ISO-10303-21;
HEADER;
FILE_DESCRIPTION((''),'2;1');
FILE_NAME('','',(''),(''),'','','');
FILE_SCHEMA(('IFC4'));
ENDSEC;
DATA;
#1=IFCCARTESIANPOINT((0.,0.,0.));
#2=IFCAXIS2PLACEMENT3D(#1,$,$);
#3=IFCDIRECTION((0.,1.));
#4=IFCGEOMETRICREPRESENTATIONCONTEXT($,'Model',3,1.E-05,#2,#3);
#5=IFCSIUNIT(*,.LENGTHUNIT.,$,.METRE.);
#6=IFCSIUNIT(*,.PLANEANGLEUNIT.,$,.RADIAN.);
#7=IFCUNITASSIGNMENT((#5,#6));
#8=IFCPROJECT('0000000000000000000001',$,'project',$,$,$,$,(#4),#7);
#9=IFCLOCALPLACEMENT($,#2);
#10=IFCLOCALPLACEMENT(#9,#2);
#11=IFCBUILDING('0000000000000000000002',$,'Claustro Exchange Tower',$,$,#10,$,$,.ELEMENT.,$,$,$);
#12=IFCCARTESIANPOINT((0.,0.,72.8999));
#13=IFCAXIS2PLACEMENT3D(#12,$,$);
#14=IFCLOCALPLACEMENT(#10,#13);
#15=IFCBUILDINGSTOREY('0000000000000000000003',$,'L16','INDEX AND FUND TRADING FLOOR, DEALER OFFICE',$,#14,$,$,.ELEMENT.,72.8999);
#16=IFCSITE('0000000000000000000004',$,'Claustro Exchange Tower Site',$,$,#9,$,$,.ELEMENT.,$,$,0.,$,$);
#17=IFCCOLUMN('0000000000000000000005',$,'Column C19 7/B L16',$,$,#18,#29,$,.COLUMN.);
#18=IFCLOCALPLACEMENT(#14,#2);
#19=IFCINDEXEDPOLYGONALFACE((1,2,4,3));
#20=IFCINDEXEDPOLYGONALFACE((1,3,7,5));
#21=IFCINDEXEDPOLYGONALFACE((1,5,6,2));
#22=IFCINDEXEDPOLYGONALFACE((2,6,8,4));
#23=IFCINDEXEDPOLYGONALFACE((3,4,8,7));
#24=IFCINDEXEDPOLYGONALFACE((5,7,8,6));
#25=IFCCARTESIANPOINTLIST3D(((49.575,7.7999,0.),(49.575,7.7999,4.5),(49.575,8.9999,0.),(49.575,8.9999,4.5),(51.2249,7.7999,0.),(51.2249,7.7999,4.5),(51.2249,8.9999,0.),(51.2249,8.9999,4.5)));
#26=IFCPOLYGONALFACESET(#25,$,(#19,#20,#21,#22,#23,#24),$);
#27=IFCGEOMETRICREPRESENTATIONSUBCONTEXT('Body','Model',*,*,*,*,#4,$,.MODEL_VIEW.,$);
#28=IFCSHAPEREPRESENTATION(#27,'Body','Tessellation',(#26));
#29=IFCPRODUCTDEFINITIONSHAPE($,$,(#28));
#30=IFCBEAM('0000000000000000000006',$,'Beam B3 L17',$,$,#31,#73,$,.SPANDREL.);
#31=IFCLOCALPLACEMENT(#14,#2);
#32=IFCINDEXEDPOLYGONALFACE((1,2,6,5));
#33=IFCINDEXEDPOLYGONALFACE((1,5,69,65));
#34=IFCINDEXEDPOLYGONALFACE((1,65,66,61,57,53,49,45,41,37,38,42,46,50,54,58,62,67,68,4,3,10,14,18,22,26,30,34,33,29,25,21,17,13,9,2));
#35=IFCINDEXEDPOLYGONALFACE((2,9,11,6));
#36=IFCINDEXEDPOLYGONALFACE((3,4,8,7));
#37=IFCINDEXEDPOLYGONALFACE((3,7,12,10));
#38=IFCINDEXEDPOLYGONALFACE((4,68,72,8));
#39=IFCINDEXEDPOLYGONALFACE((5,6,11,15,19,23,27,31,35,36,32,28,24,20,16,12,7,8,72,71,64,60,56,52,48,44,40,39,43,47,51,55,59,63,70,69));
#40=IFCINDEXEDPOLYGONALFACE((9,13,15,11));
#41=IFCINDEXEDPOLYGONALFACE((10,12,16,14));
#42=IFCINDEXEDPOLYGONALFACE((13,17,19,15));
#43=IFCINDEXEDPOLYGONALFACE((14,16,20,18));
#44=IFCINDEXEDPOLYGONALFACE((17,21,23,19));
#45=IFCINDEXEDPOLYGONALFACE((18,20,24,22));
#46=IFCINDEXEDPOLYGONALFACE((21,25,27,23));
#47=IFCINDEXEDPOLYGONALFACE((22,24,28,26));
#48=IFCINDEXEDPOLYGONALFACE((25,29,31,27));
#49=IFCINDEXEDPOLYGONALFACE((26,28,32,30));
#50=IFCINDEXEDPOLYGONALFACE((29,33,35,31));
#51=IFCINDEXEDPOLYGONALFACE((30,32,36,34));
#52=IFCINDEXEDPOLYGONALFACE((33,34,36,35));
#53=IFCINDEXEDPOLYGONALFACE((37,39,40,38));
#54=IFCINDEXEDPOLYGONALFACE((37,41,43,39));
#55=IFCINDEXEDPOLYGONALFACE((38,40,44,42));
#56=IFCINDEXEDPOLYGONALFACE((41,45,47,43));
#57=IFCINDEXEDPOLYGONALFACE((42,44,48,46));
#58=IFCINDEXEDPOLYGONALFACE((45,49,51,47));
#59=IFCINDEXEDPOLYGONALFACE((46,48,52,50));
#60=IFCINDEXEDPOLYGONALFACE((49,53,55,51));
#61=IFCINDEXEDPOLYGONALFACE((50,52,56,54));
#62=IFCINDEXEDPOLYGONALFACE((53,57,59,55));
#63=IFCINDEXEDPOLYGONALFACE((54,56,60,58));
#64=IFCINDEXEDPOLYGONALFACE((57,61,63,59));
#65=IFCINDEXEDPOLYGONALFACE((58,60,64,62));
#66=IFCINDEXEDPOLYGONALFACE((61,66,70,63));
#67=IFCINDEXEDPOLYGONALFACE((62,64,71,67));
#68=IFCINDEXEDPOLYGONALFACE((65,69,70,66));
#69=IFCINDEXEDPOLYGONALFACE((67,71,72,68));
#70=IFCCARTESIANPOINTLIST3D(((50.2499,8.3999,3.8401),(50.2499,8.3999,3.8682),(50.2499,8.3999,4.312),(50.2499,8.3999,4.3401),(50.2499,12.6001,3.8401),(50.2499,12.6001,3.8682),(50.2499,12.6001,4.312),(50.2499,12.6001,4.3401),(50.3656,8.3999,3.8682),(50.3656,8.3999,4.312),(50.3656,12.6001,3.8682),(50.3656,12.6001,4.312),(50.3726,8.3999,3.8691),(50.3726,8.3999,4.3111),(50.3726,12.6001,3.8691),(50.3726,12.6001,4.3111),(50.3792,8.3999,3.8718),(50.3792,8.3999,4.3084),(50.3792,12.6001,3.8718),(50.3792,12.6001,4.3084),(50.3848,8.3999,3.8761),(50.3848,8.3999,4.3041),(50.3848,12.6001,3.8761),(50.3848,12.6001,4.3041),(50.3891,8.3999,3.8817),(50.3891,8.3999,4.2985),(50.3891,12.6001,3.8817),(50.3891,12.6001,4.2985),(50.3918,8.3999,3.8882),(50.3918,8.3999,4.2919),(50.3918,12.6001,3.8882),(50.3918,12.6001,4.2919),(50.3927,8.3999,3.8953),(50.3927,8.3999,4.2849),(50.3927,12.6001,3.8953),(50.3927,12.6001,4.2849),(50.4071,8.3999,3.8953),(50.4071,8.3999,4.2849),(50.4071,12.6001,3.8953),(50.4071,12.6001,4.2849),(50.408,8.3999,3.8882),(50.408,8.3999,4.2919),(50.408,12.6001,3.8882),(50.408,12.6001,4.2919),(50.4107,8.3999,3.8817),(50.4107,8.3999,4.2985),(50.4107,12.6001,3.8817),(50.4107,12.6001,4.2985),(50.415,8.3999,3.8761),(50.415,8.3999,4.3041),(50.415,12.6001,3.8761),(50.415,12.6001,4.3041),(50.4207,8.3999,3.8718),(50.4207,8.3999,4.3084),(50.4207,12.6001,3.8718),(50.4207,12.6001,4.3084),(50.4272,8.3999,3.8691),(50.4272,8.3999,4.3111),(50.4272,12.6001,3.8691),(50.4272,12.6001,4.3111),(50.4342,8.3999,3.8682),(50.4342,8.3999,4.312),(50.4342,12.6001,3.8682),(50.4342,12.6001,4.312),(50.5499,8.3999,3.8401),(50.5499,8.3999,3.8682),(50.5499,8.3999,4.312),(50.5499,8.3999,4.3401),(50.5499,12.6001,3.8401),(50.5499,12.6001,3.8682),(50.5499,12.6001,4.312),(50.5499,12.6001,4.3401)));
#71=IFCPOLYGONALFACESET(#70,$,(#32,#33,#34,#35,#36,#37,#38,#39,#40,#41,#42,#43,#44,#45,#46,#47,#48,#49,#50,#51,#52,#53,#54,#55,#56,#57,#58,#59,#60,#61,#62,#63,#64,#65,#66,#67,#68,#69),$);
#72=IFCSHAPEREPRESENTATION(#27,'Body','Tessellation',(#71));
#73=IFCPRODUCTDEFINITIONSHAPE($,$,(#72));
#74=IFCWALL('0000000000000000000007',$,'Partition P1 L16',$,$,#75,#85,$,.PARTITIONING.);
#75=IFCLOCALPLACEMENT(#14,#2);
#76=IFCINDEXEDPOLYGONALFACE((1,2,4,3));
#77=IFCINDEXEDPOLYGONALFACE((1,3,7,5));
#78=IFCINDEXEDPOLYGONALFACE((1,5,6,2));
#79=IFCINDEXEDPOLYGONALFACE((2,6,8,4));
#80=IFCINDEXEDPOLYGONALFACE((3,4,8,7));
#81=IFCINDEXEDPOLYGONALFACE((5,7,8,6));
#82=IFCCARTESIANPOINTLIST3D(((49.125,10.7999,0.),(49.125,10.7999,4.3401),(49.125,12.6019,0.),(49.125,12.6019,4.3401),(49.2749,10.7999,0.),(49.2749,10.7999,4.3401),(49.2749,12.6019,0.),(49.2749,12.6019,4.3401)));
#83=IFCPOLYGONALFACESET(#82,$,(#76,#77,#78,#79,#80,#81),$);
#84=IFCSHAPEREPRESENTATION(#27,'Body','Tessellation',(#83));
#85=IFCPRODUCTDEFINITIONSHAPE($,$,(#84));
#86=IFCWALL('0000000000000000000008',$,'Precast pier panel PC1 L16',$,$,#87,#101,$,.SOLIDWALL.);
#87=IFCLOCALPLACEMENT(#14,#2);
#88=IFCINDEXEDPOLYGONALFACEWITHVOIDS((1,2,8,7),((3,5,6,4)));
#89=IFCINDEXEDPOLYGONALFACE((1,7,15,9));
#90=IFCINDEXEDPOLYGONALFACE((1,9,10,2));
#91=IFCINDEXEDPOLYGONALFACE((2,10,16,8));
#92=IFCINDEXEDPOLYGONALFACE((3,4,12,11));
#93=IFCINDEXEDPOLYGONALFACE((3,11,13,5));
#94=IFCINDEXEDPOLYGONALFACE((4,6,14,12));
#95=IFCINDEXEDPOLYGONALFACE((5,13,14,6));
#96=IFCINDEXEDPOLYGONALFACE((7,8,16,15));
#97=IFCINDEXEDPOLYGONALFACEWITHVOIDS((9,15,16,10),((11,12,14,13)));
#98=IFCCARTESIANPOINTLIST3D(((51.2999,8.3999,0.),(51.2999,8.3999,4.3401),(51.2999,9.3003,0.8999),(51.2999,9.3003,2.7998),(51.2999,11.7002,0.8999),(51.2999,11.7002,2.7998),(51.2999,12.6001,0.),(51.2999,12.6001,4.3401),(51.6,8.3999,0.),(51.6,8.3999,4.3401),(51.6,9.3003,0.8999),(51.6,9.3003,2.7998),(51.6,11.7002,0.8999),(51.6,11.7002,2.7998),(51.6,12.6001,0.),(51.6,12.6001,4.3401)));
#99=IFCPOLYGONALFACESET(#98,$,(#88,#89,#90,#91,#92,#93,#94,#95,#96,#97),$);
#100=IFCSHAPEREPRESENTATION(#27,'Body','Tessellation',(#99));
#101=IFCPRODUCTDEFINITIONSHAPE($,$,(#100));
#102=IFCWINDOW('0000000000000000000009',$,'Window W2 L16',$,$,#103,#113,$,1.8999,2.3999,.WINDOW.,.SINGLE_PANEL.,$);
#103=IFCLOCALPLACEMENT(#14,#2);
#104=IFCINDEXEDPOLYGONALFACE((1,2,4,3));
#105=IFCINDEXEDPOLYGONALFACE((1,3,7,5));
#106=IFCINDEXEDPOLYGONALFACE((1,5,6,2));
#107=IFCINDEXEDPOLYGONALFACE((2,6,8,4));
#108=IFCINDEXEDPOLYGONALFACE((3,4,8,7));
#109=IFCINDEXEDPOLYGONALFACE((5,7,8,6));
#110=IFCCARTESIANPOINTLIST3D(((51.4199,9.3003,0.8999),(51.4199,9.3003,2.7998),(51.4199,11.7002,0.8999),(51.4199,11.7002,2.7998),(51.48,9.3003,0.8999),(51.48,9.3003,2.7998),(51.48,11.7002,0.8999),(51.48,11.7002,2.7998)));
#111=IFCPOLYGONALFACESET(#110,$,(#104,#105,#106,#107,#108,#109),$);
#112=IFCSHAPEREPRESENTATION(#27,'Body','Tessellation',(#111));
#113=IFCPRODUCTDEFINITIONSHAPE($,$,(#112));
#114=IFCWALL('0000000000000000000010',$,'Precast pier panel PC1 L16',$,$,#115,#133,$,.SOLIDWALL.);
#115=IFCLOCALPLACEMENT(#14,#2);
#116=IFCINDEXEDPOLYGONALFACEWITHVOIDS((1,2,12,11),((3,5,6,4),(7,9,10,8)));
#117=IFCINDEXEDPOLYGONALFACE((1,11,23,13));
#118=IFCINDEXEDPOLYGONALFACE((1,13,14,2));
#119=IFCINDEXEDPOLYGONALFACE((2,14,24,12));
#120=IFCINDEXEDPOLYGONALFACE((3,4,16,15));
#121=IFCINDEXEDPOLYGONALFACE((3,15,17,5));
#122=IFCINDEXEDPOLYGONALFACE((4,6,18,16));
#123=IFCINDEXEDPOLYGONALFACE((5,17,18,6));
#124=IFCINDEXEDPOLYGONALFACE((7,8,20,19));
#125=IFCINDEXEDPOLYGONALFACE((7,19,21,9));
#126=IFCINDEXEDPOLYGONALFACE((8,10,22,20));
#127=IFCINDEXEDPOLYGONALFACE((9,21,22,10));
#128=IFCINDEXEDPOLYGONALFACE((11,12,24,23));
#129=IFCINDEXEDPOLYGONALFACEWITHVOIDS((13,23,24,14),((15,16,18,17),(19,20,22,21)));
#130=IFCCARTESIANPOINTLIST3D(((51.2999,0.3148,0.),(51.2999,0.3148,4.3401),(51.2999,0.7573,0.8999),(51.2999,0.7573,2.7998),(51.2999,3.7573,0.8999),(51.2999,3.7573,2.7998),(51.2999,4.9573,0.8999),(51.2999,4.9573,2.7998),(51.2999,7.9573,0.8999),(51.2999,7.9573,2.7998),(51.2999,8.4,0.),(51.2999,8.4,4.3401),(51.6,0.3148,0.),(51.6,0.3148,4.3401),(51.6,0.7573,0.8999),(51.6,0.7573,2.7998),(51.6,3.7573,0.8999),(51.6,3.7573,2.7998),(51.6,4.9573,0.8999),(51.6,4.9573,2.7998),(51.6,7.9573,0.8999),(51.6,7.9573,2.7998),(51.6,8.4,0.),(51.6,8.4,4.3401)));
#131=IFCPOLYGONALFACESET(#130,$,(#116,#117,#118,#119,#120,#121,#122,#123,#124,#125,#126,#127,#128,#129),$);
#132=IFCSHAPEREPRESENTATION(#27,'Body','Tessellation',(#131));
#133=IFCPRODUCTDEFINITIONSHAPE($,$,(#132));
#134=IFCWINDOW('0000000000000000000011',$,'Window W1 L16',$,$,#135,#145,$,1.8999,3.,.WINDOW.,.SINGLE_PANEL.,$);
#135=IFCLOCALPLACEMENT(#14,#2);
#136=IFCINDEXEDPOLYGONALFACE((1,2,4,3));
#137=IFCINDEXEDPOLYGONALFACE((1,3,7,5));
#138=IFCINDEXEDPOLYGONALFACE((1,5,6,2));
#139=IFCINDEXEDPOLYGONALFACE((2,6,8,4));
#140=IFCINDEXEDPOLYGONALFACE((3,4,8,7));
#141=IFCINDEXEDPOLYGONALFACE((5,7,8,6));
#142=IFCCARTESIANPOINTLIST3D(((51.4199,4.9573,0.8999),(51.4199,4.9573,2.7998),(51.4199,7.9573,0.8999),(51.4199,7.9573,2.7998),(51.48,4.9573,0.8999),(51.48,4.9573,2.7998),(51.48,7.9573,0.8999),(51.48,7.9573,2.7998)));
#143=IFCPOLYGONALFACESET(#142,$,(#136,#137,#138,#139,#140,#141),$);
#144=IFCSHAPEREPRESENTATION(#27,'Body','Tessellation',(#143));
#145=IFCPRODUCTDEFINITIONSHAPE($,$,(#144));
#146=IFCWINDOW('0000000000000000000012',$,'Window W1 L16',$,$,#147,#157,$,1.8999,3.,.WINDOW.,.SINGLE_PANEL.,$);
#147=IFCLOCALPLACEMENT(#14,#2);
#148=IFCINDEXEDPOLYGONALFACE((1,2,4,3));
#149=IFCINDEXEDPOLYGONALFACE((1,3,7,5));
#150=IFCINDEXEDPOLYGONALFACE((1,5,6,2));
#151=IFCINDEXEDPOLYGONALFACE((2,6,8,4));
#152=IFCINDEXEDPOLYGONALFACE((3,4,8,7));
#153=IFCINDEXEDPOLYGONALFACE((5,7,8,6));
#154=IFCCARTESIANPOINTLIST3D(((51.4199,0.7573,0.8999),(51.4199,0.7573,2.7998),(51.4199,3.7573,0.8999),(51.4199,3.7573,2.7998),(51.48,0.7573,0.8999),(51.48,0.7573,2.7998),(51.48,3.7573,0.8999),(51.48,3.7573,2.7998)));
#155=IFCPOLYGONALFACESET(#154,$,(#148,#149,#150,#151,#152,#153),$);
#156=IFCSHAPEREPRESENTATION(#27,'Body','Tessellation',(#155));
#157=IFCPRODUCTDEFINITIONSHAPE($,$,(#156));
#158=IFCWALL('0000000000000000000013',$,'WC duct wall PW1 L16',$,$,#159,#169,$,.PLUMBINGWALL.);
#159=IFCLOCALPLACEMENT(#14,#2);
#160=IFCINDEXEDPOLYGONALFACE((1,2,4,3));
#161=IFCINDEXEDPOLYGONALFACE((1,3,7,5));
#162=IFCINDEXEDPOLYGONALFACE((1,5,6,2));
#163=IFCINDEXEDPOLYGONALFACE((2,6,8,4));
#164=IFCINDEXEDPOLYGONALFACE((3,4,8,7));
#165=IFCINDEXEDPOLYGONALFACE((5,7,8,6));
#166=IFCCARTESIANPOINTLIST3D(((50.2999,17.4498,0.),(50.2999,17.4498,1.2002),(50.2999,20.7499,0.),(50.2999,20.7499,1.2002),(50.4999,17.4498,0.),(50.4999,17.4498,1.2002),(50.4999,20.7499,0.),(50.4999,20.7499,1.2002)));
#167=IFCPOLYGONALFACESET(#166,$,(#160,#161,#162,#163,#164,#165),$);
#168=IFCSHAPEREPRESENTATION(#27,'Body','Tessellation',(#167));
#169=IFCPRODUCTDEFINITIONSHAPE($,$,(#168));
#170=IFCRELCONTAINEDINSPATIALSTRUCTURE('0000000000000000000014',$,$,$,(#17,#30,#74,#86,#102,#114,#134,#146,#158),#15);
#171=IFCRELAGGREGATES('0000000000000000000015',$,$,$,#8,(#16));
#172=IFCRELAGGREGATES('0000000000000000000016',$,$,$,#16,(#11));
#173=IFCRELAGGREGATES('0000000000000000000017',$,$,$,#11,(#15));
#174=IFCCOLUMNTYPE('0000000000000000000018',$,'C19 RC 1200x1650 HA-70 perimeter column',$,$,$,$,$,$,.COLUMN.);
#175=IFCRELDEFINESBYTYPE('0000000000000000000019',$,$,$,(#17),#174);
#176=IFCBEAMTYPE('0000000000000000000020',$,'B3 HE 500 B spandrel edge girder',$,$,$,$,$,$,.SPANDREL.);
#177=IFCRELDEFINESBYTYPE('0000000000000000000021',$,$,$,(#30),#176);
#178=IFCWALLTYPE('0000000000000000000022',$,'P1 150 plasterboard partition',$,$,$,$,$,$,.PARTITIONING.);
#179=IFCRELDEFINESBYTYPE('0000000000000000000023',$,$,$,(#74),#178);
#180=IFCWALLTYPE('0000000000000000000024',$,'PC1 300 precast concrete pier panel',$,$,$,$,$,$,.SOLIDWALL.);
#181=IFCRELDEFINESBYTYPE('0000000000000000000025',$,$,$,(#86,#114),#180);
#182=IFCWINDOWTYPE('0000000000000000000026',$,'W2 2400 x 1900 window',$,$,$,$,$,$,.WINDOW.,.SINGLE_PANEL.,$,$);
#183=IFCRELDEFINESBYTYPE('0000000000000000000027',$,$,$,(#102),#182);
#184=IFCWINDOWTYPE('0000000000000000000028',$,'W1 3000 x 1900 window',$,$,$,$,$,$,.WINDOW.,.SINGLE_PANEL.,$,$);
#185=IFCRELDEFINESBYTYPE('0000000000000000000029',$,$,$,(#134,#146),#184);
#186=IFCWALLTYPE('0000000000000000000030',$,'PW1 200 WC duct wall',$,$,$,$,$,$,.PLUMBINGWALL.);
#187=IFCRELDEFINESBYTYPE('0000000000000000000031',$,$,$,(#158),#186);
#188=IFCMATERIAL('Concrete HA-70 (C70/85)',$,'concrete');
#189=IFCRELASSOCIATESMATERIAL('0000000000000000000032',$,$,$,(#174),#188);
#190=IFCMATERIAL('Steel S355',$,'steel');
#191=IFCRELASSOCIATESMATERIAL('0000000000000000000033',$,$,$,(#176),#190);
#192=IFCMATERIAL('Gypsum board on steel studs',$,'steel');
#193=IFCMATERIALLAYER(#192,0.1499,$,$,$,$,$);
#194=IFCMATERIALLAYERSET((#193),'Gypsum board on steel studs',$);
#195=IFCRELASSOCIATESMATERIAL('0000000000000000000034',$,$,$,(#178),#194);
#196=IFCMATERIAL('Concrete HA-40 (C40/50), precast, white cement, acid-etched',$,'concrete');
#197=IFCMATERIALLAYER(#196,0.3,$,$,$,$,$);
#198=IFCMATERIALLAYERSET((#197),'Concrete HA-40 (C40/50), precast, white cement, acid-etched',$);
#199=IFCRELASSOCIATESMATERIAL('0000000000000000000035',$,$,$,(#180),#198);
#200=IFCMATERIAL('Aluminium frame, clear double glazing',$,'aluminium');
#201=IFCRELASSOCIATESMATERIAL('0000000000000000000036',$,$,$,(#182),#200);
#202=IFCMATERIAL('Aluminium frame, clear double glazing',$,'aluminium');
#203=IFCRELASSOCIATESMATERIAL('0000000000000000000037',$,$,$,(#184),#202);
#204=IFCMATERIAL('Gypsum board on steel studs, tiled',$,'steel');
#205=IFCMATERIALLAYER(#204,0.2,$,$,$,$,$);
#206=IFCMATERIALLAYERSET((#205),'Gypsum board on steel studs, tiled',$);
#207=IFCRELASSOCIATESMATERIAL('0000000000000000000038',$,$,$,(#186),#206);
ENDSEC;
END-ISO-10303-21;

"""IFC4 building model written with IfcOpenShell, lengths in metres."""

from ifc_helpers import new_model, si_unit, direction, frame, frame_2d, origin, origin_2d, place, context, subcontext, project, spatial, rectangle, i_section, extrude, material, layer, layer_set, material_profile, profile_set, type_object, element, fill, save


model = new_model("IFC4")

# Units and contexts
model_context = context("Model", 3, precision=1e-05, world=origin(), true_north=direction((0.0, 1.0)))
body_context = subcontext(model_context, "Body", "Model", "MODEL_VIEW")
ifc_project = project(units=[si_unit("LENGTHUNIT", "METRE"), si_unit("PLANEANGLEUNIT", "RADIAN")], contexts=[model_context])

# Site, building, storey
site_placement = place(None, origin())
site = spatial("IfcSite", under=ifc_project, at=site_placement, Name="Claustro Exchange Tower Site", CompositionType="ELEMENT", RefElevation=0.0)
building_placement = place(site_placement, origin())
building = spatial("IfcBuilding", under=site, at=building_placement, Name="Claustro Exchange Tower", CompositionType="ELEMENT")
storey_placement = place(building_placement, frame((0.0, 0.0, 72.8999)))
storey = spatial("IfcBuildingStorey", under=building, at=storey_placement, Name="L16", Description="INDEX AND FUND TRADING FLOOR, DEALER OFFICE", CompositionType="ELEMENT", Elevation=72.8999)

# Column
ifc_material_1 = material(Name="Concrete HA-70 (C70/85)", Category="concrete")
ifc_material_profile_1 = material_profile(ifc_material_1, rectangle(XDim=1.2, YDim=1.6499, at=origin_2d()), Name="RC 1200x1650")
ifc_profile_set_1 = profile_set([ifc_material_profile_1], Name="Concrete HA-70 (C70/85)")
column_type = type_object("IfcColumnType", Name="C19 RC 1200x1650 HA-70 perimeter column", PredefinedType="COLUMN", material=ifc_profile_set_1)
column_placement = place(storey_placement, frame((50.3999, 8.3999, 0.0), z_axis=(0.0, 0.0, 1.0), x_axis=(0.0, 1.0, 0.0)))
element("IfcColumn", 1, at=column_placement, inside=storey, type_object=column_type, Name="Column C19 7/B L16", PredefinedType="COLUMN", context=body_context, shape_type="SweptSolid", body=[
    extrude(rectangle(XDim=1.2, YDim=1.6499, at=origin_2d()), origin(), (0.0, 0.0, 1.0), 4.5),
])

# Beam
ifc_material_2 = material(Name="Steel S355", Category="steel")
ifc_material_profile_2 = material_profile(ifc_material_2, i_section(OverallWidth=0.3, OverallDepth=0.5, WebThickness=0.0144, FlangeThickness=0.0281, FilletRadius=0.0271, at=origin_2d()), Name="HE 500 B")
ifc_profile_set_2 = profile_set([ifc_material_profile_2], Name="Steel S355")
beam_type = type_object("IfcBeamType", Name="B3 HE 500 B spandrel edge girder", PredefinedType="SPANDREL", material=ifc_profile_set_2)
beam_placement = place(storey_placement, frame((50.3999, 8.3999, 4.0901), z_axis=(0.0, 1.0, 0.0), x_axis=(-1.0, 0.0, 0.0)))
element("IfcBeam", 2, at=beam_placement, inside=storey, type_object=beam_type, Name="Beam B3 L17", PredefinedType="SPANDREL", context=body_context, shape_type="SweptSolid", body=[
    extrude(i_section(OverallWidth=0.3, OverallDepth=0.5, WebThickness=0.0144, FlangeThickness=0.0281, FilletRadius=0.0271, at=origin_2d()), origin(), (0.0, 0.0, 1.0), 4.2002),
])

# Wall
ifc_material_3 = material(Name="Gypsum board on steel studs", Category="steel")
ifc_layer_1 = layer(ifc_material_3, 0.1499)
ifc_layer_set_1 = layer_set([ifc_layer_1], Name="Gypsum board on steel studs")
wall_type_1 = type_object("IfcWallType", Name="P1 150 plasterboard partition", PredefinedType="PARTITIONING", material=ifc_layer_set_1)
wall_1_placement = place(storey_placement, frame((49.2, 10.8, 0.0), z_axis=(0.0, 0.0, 1.0), x_axis=(0.0, 1.0, 0.0)))
element("IfcWall", 3, at=wall_1_placement, inside=storey, type_object=wall_type_1, Name="Partition P1 L16", PredefinedType="PARTITIONING", context=body_context, shape_type="SweptSolid", body=[
    extrude(rectangle(XDim=1.802, YDim=0.1499, at=frame_2d((0.9009, 0.0))), origin(), (0.0, 0.0, 1.0), 4.3401),
])

# Wall, opening, window
ifc_material_4 = material(Name="Concrete HA-40 (C40/50), precast, white cement, acid-etched", Category="concrete")
ifc_layer_2 = layer(ifc_material_4, 0.3)
ifc_layer_set_2 = layer_set([ifc_layer_2], Name="Concrete HA-40 (C40/50), precast, white cement, acid-etched")
wall_type_2 = type_object("IfcWallType", Name="PC1 300 precast concrete pier panel", PredefinedType="SOLIDWALL", material=ifc_layer_set_2)
wall_2_placement = place(storey_placement, frame((51.45, 12.6001, 0.0), z_axis=(0.0, 0.0, 1.0), x_axis=(0.0, -1.0, 0.0)))
wall_2 = element("IfcWall", 4, at=wall_2_placement, inside=storey, type_object=wall_type_2, Name="Precast pier panel PC1 L16", PredefinedType="SOLIDWALL", context=body_context, shape_type="SweptSolid", body=[
    extrude(rectangle(XDim=4.2002, YDim=0.3, at=frame_2d((2.1001, 0.0))), origin(), (0.0, 0.0, 1.0), 4.3401),
])
opening_1_placement = place(wall_2_placement, frame((0.8999, 0.0, 0.8999)))
opening_1 = element("IfcOpeningElement", 5, at=opening_1_placement, cuts=wall_2, PredefinedType="OPENING", context=body_context, shape_type="SweptSolid", body=[
    extrude(rectangle(XDim=2.3999, YDim=1.8999, at=frame_2d((1.2, 0.95))), frame((0.0, 0.1599, 0.0), z_axis=(0.0, -1.0, 0.0), x_axis=(1.0, 0.0, 0.0)), (0.0, 0.0, 1.0), 0.3201),
])
ifc_material_5 = material(Name="Aluminium frame, clear double glazing", Category="aluminium")
window_type_1 = type_object("IfcWindowType", Name="W2 2400 x 1900 window", PartitioningType="SINGLE_PANEL", PredefinedType="WINDOW", material=ifc_material_5)
window_1_placement = place(opening_1_placement, origin())
window_1 = element("IfcWindow", 6, at=window_1_placement, inside=storey, type_object=window_type_1, Name="Window W2 L16", OverallHeight=1.8999, OverallWidth=2.3999, PartitioningType="SINGLE_PANEL", PredefinedType="WINDOW", context=body_context, shape_type="SweptSolid", body=[
    extrude(rectangle(XDim=2.3999, YDim=1.8999, at=frame_2d((1.2, 0.95))), frame((0.0, 0.03, 0.0), z_axis=(0.0, -1.0, 0.0), x_axis=(1.0, 0.0, 0.0)), (0.0, 0.0, 1.0), 0.0601),
])
fill(opening_1, window_1)

# Wall, openings, windows
wall_3_placement = place(storey_placement, frame((51.45, 8.3999, 0.0), z_axis=(0.0, 0.0, 1.0), x_axis=(0.0, -1.0, 0.0)))
wall_3 = element("IfcWall", 7, at=wall_3_placement, inside=storey, type_object=wall_type_2, Name="Precast pier panel PC1 L16", PredefinedType="SOLIDWALL", context=body_context, shape_type="SweptSolid", body=[
    extrude(rectangle(XDim=8.0852, YDim=0.3, at=frame_2d((4.0425, 0.0))), origin(), (0.0, 0.0, 1.0), 4.3401),
])
opening_2_placement = place(wall_3_placement, frame((0.4426, 0.0, 0.8999)))
opening_2 = element("IfcOpeningElement", 8, at=opening_2_placement, cuts=wall_3, PredefinedType="OPENING", context=body_context, shape_type="SweptSolid", body=[
    extrude(rectangle(XDim=3.0, YDim=1.8999, at=frame_2d((1.5, 0.95))), frame((0.0, 0.1599, 0.0), z_axis=(0.0, -1.0, 0.0), x_axis=(1.0, 0.0, 0.0)), (0.0, 0.0, 1.0), 0.3201),
])
opening_3_placement = place(wall_3_placement, frame((4.6426, 0.0, 0.8999)))
opening_3 = element("IfcOpeningElement", 9, at=opening_3_placement, cuts=wall_3, PredefinedType="OPENING", context=body_context, shape_type="SweptSolid", body=[
    extrude(rectangle(XDim=3.0, YDim=1.8999, at=frame_2d((1.5, 0.95))), frame((0.0, 0.1599, 0.0), z_axis=(0.0, -1.0, 0.0), x_axis=(1.0, 0.0, 0.0)), (0.0, 0.0, 1.0), 0.3201),
])
ifc_material_6 = material(Name="Aluminium frame, clear double glazing", Category="aluminium")
window_type_2 = type_object("IfcWindowType", Name="W1 3000 x 1900 window", PartitioningType="SINGLE_PANEL", PredefinedType="WINDOW", material=ifc_material_6)
window_2_placement = place(opening_2_placement, origin())
window_2 = element("IfcWindow", 10, at=window_2_placement, inside=storey, type_object=window_type_2, Name="Window W1 L16", OverallHeight=1.8999, OverallWidth=3.0, PartitioningType="SINGLE_PANEL", PredefinedType="WINDOW", context=body_context, shape_type="SweptSolid", body=[
    extrude(rectangle(XDim=3.0, YDim=1.8999, at=frame_2d((1.5, 0.95))), frame((0.0, 0.03, 0.0), z_axis=(0.0, -1.0, 0.0), x_axis=(1.0, 0.0, 0.0)), (0.0, 0.0, 1.0), 0.0601),
])
fill(opening_2, window_2)
window_3_placement = place(opening_3_placement, origin())
window_3 = element("IfcWindow", 11, at=window_3_placement, inside=storey, type_object=window_type_2, Name="Window W1 L16", OverallHeight=1.8999, OverallWidth=3.0, PartitioningType="SINGLE_PANEL", PredefinedType="WINDOW", context=body_context, shape_type="SweptSolid", body=[
    extrude(rectangle(XDim=3.0, YDim=1.8999, at=frame_2d((1.5, 0.95))), frame((0.0, 0.03, 0.0), z_axis=(0.0, -1.0, 0.0), x_axis=(1.0, 0.0, 0.0)), (0.0, 0.0, 1.0), 0.0601),
])
fill(opening_3, window_3)

# Wall
ifc_material_7 = material(Name="Gypsum board on steel studs, tiled", Category="steel")
ifc_layer_3 = layer(ifc_material_7, 0.2)
ifc_layer_set_3 = layer_set([ifc_layer_3], Name="Gypsum board on steel studs, tiled")
wall_type_3 = type_object("IfcWallType", Name="PW1 200 WC duct wall", PredefinedType="PLUMBINGWALL", material=ifc_layer_set_3)
wall_4_placement = place(storey_placement, frame((50.3999, 17.45, 0.0), z_axis=(0.0, 0.0, 1.0), x_axis=(0.0, 1.0, 0.0)))
element("IfcWall", 12, at=wall_4_placement, inside=storey, type_object=wall_type_3, Name="WC duct wall PW1 L16", PredefinedType="PLUMBINGWALL", context=body_context, shape_type="SweptSolid", body=[
    extrude(rectangle(XDim=3.3, YDim=0.2, at=frame_2d((1.6499, 0.0))), origin(), (0.0, 0.0, 1.0), 1.2002),
])

save(model, "model.ifc")
